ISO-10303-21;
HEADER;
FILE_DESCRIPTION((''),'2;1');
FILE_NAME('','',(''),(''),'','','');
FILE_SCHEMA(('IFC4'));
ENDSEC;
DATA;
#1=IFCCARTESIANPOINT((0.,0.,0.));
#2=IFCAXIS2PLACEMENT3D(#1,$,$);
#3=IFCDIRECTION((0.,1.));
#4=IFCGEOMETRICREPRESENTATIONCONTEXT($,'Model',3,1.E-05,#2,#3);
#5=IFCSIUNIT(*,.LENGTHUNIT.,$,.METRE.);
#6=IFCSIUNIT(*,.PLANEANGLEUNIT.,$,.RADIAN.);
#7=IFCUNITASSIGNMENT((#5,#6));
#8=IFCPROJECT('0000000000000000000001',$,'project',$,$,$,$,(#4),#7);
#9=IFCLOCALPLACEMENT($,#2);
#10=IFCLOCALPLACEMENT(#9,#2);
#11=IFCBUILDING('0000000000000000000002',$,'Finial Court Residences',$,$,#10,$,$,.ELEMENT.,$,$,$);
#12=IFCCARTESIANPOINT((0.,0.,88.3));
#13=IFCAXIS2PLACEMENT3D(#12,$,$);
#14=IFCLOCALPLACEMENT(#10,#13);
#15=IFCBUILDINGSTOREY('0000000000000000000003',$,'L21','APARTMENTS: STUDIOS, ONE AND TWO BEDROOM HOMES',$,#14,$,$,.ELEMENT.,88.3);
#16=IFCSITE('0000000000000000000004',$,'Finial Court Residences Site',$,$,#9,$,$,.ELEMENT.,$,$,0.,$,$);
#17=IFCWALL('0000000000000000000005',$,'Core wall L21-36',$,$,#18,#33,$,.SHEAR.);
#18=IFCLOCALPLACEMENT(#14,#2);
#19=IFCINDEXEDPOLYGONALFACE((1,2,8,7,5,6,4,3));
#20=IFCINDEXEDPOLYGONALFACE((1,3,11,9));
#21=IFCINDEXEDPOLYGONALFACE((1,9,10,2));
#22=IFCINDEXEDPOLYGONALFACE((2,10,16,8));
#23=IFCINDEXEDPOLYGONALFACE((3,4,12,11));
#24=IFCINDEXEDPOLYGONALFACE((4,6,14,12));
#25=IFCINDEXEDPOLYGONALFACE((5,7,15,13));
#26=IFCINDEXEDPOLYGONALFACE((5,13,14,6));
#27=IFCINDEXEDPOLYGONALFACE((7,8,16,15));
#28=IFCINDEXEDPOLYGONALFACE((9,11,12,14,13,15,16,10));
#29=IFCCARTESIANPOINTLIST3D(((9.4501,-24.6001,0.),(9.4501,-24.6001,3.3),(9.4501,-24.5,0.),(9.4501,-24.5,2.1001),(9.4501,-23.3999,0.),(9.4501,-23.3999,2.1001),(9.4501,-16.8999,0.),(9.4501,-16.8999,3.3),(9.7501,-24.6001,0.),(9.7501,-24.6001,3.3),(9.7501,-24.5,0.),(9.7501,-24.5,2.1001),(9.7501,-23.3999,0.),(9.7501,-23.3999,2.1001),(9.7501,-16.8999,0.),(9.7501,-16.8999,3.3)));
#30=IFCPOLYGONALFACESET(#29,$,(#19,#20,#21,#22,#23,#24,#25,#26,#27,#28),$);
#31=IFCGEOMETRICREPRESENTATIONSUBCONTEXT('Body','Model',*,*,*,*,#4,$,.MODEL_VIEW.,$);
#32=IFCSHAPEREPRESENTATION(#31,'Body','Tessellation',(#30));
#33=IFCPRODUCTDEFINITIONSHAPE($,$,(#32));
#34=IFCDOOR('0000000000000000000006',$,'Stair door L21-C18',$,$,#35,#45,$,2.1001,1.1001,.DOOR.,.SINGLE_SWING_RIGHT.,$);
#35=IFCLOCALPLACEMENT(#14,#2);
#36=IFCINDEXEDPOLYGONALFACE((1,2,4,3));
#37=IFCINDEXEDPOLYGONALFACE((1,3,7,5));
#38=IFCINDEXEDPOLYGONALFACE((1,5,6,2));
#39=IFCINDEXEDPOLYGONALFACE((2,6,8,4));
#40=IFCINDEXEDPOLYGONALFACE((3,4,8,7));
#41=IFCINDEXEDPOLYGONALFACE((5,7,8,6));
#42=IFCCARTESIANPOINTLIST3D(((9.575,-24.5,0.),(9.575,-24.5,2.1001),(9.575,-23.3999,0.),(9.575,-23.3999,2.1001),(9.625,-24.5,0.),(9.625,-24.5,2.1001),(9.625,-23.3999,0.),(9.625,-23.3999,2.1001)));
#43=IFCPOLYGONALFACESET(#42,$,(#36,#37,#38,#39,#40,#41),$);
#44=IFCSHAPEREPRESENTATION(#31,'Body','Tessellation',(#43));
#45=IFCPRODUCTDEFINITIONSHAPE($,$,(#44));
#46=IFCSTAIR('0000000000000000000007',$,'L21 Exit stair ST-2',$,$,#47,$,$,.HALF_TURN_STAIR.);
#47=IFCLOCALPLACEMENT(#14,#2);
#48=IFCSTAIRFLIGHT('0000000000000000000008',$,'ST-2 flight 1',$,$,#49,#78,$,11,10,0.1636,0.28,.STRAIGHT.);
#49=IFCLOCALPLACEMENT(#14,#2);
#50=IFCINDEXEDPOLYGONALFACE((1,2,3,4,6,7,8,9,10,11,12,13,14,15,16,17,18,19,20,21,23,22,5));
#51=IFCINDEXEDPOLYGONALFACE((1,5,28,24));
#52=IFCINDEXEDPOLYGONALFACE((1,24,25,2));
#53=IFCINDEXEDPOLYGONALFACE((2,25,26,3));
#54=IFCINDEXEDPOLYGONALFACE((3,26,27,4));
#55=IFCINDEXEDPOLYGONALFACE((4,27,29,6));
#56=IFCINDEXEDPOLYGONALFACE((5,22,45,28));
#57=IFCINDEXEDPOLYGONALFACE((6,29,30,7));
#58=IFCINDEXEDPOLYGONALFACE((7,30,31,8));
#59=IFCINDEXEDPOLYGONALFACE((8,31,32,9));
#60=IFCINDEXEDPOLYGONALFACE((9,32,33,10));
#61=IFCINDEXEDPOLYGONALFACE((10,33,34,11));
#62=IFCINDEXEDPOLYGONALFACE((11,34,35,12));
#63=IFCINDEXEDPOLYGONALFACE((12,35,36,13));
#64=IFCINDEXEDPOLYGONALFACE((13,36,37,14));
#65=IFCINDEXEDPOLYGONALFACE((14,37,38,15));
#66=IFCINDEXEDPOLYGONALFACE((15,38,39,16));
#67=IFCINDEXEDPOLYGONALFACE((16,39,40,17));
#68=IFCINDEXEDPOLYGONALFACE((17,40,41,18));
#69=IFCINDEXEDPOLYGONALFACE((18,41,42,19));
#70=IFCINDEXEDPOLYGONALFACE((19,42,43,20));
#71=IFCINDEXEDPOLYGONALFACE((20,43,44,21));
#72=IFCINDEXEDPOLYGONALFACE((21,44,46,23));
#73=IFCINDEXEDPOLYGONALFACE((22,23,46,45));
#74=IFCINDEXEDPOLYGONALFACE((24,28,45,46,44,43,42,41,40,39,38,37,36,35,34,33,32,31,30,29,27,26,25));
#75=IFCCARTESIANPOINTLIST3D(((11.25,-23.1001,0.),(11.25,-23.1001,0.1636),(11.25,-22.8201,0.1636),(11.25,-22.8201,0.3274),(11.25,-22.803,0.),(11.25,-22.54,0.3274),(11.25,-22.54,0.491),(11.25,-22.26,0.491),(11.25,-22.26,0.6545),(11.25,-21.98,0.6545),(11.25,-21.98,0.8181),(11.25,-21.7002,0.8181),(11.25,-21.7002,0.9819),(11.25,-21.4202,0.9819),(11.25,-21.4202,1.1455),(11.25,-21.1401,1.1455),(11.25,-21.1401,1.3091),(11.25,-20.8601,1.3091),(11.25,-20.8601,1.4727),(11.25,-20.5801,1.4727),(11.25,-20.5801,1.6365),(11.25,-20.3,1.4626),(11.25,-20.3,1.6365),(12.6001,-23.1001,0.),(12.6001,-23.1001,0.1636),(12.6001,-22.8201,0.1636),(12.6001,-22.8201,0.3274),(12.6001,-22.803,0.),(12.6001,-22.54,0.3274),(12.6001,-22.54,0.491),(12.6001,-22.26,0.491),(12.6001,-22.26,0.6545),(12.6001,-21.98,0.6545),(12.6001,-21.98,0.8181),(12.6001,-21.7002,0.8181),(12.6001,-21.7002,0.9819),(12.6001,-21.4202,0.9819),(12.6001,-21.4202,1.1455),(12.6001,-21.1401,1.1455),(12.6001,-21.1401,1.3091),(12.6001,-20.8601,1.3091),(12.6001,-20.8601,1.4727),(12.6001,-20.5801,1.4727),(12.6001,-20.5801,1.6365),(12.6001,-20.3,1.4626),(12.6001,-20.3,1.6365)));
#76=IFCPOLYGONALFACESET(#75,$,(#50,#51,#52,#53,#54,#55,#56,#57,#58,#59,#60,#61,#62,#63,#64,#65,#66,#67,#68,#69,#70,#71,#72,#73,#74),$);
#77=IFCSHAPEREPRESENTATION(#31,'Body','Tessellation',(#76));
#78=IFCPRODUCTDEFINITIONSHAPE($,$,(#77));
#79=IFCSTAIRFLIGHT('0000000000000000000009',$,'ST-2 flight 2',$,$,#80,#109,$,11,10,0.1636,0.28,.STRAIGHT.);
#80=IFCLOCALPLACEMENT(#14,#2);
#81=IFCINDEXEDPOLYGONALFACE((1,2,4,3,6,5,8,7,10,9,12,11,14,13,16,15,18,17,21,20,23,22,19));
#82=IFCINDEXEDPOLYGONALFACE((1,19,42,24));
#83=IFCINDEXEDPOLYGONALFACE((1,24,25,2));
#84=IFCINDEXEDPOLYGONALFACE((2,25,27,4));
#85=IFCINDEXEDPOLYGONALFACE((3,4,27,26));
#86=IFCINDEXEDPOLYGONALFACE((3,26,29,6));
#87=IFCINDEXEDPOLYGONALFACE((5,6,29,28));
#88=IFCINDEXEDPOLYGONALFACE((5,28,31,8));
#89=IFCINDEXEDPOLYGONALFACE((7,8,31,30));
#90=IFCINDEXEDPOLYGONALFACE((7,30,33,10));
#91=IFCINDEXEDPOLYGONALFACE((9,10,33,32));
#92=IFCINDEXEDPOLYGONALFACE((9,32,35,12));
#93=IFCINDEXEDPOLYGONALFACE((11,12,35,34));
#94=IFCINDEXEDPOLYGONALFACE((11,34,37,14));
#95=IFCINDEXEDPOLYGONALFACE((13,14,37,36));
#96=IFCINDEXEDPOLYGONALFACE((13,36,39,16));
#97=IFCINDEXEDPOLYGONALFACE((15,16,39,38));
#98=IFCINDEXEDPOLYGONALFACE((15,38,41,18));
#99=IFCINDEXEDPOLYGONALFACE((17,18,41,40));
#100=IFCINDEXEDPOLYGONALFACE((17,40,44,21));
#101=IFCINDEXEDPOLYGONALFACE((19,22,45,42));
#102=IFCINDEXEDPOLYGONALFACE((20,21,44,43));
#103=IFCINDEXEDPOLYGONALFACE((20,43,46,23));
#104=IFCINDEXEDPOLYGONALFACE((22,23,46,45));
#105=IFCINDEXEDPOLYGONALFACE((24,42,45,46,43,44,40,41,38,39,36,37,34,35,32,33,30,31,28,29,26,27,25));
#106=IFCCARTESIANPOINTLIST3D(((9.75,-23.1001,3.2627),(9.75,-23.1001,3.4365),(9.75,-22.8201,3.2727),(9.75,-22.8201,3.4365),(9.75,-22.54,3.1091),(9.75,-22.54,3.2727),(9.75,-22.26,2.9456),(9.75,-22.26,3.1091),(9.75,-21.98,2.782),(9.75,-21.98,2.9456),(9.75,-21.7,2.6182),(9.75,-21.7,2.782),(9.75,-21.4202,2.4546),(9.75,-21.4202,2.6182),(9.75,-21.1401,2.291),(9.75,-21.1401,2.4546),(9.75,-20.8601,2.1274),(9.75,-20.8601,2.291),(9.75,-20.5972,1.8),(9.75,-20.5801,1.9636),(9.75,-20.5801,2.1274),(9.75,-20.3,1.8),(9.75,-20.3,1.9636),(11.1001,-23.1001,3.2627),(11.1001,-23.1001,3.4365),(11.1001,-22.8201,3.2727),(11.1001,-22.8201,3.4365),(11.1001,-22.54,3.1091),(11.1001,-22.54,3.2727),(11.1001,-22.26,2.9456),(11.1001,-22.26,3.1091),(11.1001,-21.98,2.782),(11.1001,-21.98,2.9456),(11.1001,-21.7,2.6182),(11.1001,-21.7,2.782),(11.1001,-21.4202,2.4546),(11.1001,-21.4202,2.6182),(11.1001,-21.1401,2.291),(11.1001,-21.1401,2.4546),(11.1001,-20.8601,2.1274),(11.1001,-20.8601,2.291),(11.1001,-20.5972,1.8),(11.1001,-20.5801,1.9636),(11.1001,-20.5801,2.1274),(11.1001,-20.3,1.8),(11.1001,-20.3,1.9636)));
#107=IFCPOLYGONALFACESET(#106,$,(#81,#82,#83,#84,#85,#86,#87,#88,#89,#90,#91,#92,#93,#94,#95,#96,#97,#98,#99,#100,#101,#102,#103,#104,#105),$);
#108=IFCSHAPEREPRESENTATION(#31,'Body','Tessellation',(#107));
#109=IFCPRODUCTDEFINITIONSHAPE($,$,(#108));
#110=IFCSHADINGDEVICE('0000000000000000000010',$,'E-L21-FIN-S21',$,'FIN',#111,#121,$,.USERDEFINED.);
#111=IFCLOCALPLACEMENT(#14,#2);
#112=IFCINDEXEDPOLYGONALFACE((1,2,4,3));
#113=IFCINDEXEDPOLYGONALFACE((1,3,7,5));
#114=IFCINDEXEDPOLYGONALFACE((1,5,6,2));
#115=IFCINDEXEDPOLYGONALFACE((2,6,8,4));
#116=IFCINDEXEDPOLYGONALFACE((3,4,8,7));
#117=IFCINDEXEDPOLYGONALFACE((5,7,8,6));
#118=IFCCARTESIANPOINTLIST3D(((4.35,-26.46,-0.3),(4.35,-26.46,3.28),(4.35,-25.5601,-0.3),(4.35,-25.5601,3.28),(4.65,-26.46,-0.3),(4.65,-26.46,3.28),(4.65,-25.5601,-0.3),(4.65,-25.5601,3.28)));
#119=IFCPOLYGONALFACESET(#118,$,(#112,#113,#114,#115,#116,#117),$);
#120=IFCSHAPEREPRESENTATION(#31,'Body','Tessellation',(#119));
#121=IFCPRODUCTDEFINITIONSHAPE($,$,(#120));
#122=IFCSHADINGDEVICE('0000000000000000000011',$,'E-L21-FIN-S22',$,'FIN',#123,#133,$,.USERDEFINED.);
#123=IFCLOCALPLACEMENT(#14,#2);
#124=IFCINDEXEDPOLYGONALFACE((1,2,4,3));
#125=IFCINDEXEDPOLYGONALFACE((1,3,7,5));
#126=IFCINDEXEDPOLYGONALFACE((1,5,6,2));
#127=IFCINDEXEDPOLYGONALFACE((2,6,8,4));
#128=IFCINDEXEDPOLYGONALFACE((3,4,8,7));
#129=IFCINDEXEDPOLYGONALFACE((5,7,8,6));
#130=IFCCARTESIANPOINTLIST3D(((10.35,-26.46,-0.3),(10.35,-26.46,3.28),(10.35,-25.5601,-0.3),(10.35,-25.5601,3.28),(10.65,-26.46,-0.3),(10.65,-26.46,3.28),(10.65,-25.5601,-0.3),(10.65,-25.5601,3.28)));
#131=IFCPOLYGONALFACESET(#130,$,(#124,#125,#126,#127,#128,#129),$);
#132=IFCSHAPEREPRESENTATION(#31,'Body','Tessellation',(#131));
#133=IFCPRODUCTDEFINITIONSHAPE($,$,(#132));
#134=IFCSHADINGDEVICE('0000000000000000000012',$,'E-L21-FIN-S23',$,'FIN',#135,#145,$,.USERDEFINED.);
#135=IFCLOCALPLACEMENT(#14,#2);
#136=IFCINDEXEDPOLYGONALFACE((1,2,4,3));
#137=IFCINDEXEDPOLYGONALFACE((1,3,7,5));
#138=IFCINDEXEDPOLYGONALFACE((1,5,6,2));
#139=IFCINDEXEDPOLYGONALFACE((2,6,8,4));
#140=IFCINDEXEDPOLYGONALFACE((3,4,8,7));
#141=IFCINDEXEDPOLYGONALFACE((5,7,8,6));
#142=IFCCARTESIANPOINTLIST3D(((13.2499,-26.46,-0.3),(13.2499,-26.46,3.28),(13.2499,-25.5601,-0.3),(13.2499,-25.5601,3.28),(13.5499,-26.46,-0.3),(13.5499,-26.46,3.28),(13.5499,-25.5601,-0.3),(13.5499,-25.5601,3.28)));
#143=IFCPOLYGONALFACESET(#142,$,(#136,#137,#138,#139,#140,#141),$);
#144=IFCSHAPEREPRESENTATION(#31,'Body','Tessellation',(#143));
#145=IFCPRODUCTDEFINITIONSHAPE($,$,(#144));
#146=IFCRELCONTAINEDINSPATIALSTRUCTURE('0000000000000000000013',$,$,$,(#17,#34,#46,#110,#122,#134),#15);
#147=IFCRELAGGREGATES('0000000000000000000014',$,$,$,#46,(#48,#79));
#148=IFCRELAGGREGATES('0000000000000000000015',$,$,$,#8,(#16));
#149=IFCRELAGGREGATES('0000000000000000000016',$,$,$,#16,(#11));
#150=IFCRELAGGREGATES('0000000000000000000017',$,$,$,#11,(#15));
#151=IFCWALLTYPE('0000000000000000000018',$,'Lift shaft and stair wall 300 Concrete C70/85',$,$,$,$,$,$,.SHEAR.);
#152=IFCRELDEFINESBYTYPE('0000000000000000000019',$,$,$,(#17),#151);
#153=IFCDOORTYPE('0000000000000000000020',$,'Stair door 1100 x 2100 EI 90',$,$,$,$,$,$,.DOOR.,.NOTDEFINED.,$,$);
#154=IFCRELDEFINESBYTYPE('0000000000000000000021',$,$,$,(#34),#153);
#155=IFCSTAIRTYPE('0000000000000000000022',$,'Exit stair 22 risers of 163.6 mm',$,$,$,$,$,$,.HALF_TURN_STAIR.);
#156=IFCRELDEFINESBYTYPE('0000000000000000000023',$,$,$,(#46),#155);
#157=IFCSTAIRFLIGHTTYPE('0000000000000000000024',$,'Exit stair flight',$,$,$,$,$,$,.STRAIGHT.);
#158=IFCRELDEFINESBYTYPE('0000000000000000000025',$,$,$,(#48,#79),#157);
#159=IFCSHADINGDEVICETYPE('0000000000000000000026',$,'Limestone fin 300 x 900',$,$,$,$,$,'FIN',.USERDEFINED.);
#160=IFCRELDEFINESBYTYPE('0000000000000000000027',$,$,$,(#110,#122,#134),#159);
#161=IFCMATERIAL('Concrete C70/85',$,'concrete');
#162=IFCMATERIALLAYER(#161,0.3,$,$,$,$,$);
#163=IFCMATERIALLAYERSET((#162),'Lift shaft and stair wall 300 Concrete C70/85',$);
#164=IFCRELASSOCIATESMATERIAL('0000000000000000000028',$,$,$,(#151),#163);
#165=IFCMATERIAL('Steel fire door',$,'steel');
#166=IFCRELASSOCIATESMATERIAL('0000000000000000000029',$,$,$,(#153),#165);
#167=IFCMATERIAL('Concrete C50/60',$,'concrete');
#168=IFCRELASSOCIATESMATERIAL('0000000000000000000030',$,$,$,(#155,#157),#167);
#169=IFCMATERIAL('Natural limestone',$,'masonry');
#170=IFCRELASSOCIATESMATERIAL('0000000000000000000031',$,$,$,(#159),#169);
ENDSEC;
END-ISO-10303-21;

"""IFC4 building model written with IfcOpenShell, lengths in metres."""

from ifc_helpers import new_model, si_unit, direction, frame, frame_2d, origin, origin_2d, place, context, subcontext, project, spatial, polyline, rectangle, outline, extrude, material, layer, layer_set, type_object, element, fill, aggregate, save


model = new_model("IFC4")

# Units and contexts
model_context = context("Model", 3, precision=1e-05, world=origin(), true_north=direction((0.0, 1.0)))
body_context = subcontext(model_context, "Body", "Model", "MODEL_VIEW")
ifc_project = project(units=[si_unit("LENGTHUNIT", "METRE"), si_unit("PLANEANGLEUNIT", "RADIAN")], contexts=[model_context])

# Site, building, storey
site_placement = place(None, origin())
site = spatial("IfcSite", under=ifc_project, at=site_placement, Name="Finial Court Residences Site", CompositionType="ELEMENT", RefElevation=0.0)
building_placement = place(site_placement, origin())
building = spatial("IfcBuilding", under=site, at=building_placement, Name="Finial Court Residences", CompositionType="ELEMENT")
storey_placement = place(building_placement, frame((0.0, 0.0, 88.3)))
storey = spatial("IfcBuildingStorey", under=building, at=storey_placement, Name="L21", Description="APARTMENTS: STUDIOS, ONE AND TWO BEDROOM HOMES", CompositionType="ELEMENT", Elevation=88.3)

# Shared definitions
ifc_material_1 = material(Name="Concrete C70/85", Category="concrete")

# Shared definitions
ifc_material_2 = material(Name="Steel fire door", Category="steel")

# Shared definitions
ifc_layer_1 = layer(ifc_material_1, 0.3)
ifc_layer_set_1 = layer_set([ifc_layer_1], Name="Lift shaft and stair wall 300 Concrete C70/85")
wall_type_1 = type_object("IfcWallType", Name="Lift shaft and stair wall 300 Concrete C70/85", PredefinedType="SHEAR", material=ifc_layer_set_1)

# Wall, opening, door
wall_1_placement = place(storey_placement, frame((9.6001, -16.8999, 0.0), z_axis=(0.0, 0.0, 1.0), x_axis=(0.0, -1.0, 0.0)))
wall_1 = element("IfcWall", 1, at=wall_1_placement, inside=storey, type_object=wall_type_1, Name="Core wall L21-36", PredefinedType="SHEAR", context=body_context, shape_type="SweptSolid", body=[
    extrude(rectangle(XDim=7.7002, YDim=0.3, at=frame_2d((3.8501, 0.0))), origin(), (0.0, 0.0, 1.0), 3.3),
])
opening_1_placement = place(wall_1_placement, frame((6.5, 0.0, 0.0)))
opening_1 = element("IfcOpeningElement", 2, at=opening_1_placement, cuts=wall_1, PredefinedType="OPENING", context=body_context, shape_type="SweptSolid", body=[
    extrude(rectangle(XDim=1.1001, YDim=2.1001, at=frame_2d((0.55, 1.05))), frame((0.0, 0.1599, 0.0), z_axis=(0.0, -1.0, 0.0), x_axis=(1.0, 0.0, 0.0)), (0.0, 0.0, 1.0), 0.3201),
])
door_type_1 = type_object("IfcDoorType", Name="Stair door 1100 x 2100 EI 90", OperationType="NOTDEFINED", PredefinedType="DOOR", material=ifc_material_2)
door_1_placement = place(opening_1_placement, origin())
door_1 = element("IfcDoor", 3, at=door_1_placement, inside=storey, type_object=door_type_1, Name="Stair door L21-C18", OperationType="SINGLE_SWING_RIGHT", OverallHeight=2.1001, OverallWidth=1.1001, PredefinedType="DOOR", context=body_context, shape_type="SweptSolid", body=[
    extrude(rectangle(XDim=1.1001, YDim=2.1001, at=frame_2d((0.55, 1.05))), frame((0.0, 0.0249, 0.0), z_axis=(0.0, -1.0, 0.0), x_axis=(1.0, 0.0, 0.0)), (0.0, 0.0, 1.0), 0.05),
])
fill(opening_1, door_1)

# Stair, stair flights
ifc_material_3 = material(Name="Concrete C50/60", Category="concrete")
stair_type = type_object("IfcStairType", Name="Exit stair 22 risers of 163.6 mm", PredefinedType="HALF_TURN_STAIR", material=ifc_material_3)
stair_placement = place(storey_placement, origin())
stair = element("IfcStair", 4, at=stair_placement, inside=storey, type_object=stair_type, Name="L21 Exit stair ST-2", PredefinedType="HALF_TURN_STAIR")
stair_flight_type = type_object("IfcStairFlightType", Name="Exit stair flight", PredefinedType="STRAIGHT", material=ifc_material_3)
stair_flight_1_placement = place(storey_placement, frame((11.925, -23.1001, 0.0), z_axis=(0.0, 0.0, 1.0), x_axis=(0.0, 1.0, 0.0)))
stair_flight_1 = element("IfcStairFlight", 5, at=stair_flight_1_placement, type_object=stair_flight_type, Name="ST-2 flight 1", NumberOfRisers=11, NumberOfTreads=10, PredefinedType="STRAIGHT", RiserHeight=0.1636, TreadLength=0.28, context=body_context, shape_type="SweptSolid", body=[
    extrude(outline(polyline([(0.0, 0.0), (0.0, 0.1636), (0.28, 0.1636), (0.28, 0.3274), (0.5601, 0.3274), (0.5601, 0.491), (0.8401, 0.491), (0.8401, 0.6545), (1.1201, 0.6545), (1.1201, 0.8181), (1.3999, 0.8181), (1.3999, 0.9819), (1.6799, 0.9819), (1.6799, 1.1455), (1.96, 1.1455), (1.96, 1.3091), (2.24, 1.3091), (2.24, 1.4727), (2.52, 1.4727), (2.52, 1.6365), (2.8, 1.6365), (2.8, 1.8), (2.8, 1.4626), (0.2971, 0.0), (0.0, 0.0)])), frame((0.0, 0.675, 0.0), z_axis=(0.0, -1.0, 0.0), x_axis=(1.0, 0.0, 0.0)), (0.0, 0.0, 1.0), 1.3501),
])
stair_flight_2_placement = place(storey_placement, frame((10.425, -20.3, 1.8), z_axis=(0.0, 0.0, 1.0), x_axis=(0.0, -1.0, 0.0)))
stair_flight_2 = element("IfcStairFlight", 6, at=stair_flight_2_placement, type_object=stair_flight_type, Name="ST-2 flight 2", NumberOfRisers=11, NumberOfTreads=10, PredefinedType="STRAIGHT", RiserHeight=0.1636, TreadLength=0.28, context=body_context, shape_type="SweptSolid", body=[
    extrude(outline(polyline([(0.0, 0.0), (0.0, 0.1636), (0.28, 0.1636), (0.28, 0.3274), (0.5601, 0.3274), (0.5601, 0.491), (0.8401, 0.491), (0.8401, 0.6545), (1.1201, 0.6545), (1.1201, 0.8181), (1.3999, 0.8181), (1.3999, 0.9819), (1.6799, 0.9819), (1.6799, 1.1455), (1.96, 1.1455), (1.96, 1.3091), (2.24, 1.3091), (2.24, 1.4727), (2.52, 1.4727), (2.52, 1.6365), (2.8, 1.6365), (2.8, 1.8), (2.8, 1.4626), (0.2971, 0.0), (0.0, 0.0)])), frame((0.0, 0.675, 0.0), z_axis=(0.0, -1.0, 0.0), x_axis=(1.0, 0.0, 0.0)), (0.0, 0.0, 1.0), 1.3501),
])
aggregate(stair, [stair_flight_1, stair_flight_2])

# Shading devices
ifc_material_4 = material(Name="Natural limestone", Category="masonry")
shading_device_type = type_object("IfcShadingDeviceType", Name="Limestone fin 300 x 900", ElementType="FIN", PredefinedType="USERDEFINED", material=ifc_material_4)
for number, where, z_axis, x_axis, name in (
    (7, (4.5, -26.01, -0.3), (0.0, 0.0, 1.0), (1.0, 0.0, 0.0), "E-L21-FIN-S21"),
    (8, (10.5, -26.01, -0.3), (0.0, 0.0, 1.0), (1.0, 0.0, 0.0), "E-L21-FIN-S22"),
    (9, (13.3999, -26.01, -0.3), (0.0, 0.0, 1.0), (1.0, 0.0, 0.0), "E-L21-FIN-S23"),
):
    element("IfcShadingDevice", number, at=place(storey_placement, frame(where, z_axis=z_axis, x_axis=x_axis)), inside=storey, type_object=shading_device_type, Name=name, ObjectType="FIN", PredefinedType="USERDEFINED", context=body_context, shape_type="SweptSolid", body=[
        extrude(rectangle(XDim=0.3, YDim=0.8999, at=origin_2d()), origin(), (0.0, 0.0, 1.0), 3.5801),
    ])

save(model, "model.ifc")
